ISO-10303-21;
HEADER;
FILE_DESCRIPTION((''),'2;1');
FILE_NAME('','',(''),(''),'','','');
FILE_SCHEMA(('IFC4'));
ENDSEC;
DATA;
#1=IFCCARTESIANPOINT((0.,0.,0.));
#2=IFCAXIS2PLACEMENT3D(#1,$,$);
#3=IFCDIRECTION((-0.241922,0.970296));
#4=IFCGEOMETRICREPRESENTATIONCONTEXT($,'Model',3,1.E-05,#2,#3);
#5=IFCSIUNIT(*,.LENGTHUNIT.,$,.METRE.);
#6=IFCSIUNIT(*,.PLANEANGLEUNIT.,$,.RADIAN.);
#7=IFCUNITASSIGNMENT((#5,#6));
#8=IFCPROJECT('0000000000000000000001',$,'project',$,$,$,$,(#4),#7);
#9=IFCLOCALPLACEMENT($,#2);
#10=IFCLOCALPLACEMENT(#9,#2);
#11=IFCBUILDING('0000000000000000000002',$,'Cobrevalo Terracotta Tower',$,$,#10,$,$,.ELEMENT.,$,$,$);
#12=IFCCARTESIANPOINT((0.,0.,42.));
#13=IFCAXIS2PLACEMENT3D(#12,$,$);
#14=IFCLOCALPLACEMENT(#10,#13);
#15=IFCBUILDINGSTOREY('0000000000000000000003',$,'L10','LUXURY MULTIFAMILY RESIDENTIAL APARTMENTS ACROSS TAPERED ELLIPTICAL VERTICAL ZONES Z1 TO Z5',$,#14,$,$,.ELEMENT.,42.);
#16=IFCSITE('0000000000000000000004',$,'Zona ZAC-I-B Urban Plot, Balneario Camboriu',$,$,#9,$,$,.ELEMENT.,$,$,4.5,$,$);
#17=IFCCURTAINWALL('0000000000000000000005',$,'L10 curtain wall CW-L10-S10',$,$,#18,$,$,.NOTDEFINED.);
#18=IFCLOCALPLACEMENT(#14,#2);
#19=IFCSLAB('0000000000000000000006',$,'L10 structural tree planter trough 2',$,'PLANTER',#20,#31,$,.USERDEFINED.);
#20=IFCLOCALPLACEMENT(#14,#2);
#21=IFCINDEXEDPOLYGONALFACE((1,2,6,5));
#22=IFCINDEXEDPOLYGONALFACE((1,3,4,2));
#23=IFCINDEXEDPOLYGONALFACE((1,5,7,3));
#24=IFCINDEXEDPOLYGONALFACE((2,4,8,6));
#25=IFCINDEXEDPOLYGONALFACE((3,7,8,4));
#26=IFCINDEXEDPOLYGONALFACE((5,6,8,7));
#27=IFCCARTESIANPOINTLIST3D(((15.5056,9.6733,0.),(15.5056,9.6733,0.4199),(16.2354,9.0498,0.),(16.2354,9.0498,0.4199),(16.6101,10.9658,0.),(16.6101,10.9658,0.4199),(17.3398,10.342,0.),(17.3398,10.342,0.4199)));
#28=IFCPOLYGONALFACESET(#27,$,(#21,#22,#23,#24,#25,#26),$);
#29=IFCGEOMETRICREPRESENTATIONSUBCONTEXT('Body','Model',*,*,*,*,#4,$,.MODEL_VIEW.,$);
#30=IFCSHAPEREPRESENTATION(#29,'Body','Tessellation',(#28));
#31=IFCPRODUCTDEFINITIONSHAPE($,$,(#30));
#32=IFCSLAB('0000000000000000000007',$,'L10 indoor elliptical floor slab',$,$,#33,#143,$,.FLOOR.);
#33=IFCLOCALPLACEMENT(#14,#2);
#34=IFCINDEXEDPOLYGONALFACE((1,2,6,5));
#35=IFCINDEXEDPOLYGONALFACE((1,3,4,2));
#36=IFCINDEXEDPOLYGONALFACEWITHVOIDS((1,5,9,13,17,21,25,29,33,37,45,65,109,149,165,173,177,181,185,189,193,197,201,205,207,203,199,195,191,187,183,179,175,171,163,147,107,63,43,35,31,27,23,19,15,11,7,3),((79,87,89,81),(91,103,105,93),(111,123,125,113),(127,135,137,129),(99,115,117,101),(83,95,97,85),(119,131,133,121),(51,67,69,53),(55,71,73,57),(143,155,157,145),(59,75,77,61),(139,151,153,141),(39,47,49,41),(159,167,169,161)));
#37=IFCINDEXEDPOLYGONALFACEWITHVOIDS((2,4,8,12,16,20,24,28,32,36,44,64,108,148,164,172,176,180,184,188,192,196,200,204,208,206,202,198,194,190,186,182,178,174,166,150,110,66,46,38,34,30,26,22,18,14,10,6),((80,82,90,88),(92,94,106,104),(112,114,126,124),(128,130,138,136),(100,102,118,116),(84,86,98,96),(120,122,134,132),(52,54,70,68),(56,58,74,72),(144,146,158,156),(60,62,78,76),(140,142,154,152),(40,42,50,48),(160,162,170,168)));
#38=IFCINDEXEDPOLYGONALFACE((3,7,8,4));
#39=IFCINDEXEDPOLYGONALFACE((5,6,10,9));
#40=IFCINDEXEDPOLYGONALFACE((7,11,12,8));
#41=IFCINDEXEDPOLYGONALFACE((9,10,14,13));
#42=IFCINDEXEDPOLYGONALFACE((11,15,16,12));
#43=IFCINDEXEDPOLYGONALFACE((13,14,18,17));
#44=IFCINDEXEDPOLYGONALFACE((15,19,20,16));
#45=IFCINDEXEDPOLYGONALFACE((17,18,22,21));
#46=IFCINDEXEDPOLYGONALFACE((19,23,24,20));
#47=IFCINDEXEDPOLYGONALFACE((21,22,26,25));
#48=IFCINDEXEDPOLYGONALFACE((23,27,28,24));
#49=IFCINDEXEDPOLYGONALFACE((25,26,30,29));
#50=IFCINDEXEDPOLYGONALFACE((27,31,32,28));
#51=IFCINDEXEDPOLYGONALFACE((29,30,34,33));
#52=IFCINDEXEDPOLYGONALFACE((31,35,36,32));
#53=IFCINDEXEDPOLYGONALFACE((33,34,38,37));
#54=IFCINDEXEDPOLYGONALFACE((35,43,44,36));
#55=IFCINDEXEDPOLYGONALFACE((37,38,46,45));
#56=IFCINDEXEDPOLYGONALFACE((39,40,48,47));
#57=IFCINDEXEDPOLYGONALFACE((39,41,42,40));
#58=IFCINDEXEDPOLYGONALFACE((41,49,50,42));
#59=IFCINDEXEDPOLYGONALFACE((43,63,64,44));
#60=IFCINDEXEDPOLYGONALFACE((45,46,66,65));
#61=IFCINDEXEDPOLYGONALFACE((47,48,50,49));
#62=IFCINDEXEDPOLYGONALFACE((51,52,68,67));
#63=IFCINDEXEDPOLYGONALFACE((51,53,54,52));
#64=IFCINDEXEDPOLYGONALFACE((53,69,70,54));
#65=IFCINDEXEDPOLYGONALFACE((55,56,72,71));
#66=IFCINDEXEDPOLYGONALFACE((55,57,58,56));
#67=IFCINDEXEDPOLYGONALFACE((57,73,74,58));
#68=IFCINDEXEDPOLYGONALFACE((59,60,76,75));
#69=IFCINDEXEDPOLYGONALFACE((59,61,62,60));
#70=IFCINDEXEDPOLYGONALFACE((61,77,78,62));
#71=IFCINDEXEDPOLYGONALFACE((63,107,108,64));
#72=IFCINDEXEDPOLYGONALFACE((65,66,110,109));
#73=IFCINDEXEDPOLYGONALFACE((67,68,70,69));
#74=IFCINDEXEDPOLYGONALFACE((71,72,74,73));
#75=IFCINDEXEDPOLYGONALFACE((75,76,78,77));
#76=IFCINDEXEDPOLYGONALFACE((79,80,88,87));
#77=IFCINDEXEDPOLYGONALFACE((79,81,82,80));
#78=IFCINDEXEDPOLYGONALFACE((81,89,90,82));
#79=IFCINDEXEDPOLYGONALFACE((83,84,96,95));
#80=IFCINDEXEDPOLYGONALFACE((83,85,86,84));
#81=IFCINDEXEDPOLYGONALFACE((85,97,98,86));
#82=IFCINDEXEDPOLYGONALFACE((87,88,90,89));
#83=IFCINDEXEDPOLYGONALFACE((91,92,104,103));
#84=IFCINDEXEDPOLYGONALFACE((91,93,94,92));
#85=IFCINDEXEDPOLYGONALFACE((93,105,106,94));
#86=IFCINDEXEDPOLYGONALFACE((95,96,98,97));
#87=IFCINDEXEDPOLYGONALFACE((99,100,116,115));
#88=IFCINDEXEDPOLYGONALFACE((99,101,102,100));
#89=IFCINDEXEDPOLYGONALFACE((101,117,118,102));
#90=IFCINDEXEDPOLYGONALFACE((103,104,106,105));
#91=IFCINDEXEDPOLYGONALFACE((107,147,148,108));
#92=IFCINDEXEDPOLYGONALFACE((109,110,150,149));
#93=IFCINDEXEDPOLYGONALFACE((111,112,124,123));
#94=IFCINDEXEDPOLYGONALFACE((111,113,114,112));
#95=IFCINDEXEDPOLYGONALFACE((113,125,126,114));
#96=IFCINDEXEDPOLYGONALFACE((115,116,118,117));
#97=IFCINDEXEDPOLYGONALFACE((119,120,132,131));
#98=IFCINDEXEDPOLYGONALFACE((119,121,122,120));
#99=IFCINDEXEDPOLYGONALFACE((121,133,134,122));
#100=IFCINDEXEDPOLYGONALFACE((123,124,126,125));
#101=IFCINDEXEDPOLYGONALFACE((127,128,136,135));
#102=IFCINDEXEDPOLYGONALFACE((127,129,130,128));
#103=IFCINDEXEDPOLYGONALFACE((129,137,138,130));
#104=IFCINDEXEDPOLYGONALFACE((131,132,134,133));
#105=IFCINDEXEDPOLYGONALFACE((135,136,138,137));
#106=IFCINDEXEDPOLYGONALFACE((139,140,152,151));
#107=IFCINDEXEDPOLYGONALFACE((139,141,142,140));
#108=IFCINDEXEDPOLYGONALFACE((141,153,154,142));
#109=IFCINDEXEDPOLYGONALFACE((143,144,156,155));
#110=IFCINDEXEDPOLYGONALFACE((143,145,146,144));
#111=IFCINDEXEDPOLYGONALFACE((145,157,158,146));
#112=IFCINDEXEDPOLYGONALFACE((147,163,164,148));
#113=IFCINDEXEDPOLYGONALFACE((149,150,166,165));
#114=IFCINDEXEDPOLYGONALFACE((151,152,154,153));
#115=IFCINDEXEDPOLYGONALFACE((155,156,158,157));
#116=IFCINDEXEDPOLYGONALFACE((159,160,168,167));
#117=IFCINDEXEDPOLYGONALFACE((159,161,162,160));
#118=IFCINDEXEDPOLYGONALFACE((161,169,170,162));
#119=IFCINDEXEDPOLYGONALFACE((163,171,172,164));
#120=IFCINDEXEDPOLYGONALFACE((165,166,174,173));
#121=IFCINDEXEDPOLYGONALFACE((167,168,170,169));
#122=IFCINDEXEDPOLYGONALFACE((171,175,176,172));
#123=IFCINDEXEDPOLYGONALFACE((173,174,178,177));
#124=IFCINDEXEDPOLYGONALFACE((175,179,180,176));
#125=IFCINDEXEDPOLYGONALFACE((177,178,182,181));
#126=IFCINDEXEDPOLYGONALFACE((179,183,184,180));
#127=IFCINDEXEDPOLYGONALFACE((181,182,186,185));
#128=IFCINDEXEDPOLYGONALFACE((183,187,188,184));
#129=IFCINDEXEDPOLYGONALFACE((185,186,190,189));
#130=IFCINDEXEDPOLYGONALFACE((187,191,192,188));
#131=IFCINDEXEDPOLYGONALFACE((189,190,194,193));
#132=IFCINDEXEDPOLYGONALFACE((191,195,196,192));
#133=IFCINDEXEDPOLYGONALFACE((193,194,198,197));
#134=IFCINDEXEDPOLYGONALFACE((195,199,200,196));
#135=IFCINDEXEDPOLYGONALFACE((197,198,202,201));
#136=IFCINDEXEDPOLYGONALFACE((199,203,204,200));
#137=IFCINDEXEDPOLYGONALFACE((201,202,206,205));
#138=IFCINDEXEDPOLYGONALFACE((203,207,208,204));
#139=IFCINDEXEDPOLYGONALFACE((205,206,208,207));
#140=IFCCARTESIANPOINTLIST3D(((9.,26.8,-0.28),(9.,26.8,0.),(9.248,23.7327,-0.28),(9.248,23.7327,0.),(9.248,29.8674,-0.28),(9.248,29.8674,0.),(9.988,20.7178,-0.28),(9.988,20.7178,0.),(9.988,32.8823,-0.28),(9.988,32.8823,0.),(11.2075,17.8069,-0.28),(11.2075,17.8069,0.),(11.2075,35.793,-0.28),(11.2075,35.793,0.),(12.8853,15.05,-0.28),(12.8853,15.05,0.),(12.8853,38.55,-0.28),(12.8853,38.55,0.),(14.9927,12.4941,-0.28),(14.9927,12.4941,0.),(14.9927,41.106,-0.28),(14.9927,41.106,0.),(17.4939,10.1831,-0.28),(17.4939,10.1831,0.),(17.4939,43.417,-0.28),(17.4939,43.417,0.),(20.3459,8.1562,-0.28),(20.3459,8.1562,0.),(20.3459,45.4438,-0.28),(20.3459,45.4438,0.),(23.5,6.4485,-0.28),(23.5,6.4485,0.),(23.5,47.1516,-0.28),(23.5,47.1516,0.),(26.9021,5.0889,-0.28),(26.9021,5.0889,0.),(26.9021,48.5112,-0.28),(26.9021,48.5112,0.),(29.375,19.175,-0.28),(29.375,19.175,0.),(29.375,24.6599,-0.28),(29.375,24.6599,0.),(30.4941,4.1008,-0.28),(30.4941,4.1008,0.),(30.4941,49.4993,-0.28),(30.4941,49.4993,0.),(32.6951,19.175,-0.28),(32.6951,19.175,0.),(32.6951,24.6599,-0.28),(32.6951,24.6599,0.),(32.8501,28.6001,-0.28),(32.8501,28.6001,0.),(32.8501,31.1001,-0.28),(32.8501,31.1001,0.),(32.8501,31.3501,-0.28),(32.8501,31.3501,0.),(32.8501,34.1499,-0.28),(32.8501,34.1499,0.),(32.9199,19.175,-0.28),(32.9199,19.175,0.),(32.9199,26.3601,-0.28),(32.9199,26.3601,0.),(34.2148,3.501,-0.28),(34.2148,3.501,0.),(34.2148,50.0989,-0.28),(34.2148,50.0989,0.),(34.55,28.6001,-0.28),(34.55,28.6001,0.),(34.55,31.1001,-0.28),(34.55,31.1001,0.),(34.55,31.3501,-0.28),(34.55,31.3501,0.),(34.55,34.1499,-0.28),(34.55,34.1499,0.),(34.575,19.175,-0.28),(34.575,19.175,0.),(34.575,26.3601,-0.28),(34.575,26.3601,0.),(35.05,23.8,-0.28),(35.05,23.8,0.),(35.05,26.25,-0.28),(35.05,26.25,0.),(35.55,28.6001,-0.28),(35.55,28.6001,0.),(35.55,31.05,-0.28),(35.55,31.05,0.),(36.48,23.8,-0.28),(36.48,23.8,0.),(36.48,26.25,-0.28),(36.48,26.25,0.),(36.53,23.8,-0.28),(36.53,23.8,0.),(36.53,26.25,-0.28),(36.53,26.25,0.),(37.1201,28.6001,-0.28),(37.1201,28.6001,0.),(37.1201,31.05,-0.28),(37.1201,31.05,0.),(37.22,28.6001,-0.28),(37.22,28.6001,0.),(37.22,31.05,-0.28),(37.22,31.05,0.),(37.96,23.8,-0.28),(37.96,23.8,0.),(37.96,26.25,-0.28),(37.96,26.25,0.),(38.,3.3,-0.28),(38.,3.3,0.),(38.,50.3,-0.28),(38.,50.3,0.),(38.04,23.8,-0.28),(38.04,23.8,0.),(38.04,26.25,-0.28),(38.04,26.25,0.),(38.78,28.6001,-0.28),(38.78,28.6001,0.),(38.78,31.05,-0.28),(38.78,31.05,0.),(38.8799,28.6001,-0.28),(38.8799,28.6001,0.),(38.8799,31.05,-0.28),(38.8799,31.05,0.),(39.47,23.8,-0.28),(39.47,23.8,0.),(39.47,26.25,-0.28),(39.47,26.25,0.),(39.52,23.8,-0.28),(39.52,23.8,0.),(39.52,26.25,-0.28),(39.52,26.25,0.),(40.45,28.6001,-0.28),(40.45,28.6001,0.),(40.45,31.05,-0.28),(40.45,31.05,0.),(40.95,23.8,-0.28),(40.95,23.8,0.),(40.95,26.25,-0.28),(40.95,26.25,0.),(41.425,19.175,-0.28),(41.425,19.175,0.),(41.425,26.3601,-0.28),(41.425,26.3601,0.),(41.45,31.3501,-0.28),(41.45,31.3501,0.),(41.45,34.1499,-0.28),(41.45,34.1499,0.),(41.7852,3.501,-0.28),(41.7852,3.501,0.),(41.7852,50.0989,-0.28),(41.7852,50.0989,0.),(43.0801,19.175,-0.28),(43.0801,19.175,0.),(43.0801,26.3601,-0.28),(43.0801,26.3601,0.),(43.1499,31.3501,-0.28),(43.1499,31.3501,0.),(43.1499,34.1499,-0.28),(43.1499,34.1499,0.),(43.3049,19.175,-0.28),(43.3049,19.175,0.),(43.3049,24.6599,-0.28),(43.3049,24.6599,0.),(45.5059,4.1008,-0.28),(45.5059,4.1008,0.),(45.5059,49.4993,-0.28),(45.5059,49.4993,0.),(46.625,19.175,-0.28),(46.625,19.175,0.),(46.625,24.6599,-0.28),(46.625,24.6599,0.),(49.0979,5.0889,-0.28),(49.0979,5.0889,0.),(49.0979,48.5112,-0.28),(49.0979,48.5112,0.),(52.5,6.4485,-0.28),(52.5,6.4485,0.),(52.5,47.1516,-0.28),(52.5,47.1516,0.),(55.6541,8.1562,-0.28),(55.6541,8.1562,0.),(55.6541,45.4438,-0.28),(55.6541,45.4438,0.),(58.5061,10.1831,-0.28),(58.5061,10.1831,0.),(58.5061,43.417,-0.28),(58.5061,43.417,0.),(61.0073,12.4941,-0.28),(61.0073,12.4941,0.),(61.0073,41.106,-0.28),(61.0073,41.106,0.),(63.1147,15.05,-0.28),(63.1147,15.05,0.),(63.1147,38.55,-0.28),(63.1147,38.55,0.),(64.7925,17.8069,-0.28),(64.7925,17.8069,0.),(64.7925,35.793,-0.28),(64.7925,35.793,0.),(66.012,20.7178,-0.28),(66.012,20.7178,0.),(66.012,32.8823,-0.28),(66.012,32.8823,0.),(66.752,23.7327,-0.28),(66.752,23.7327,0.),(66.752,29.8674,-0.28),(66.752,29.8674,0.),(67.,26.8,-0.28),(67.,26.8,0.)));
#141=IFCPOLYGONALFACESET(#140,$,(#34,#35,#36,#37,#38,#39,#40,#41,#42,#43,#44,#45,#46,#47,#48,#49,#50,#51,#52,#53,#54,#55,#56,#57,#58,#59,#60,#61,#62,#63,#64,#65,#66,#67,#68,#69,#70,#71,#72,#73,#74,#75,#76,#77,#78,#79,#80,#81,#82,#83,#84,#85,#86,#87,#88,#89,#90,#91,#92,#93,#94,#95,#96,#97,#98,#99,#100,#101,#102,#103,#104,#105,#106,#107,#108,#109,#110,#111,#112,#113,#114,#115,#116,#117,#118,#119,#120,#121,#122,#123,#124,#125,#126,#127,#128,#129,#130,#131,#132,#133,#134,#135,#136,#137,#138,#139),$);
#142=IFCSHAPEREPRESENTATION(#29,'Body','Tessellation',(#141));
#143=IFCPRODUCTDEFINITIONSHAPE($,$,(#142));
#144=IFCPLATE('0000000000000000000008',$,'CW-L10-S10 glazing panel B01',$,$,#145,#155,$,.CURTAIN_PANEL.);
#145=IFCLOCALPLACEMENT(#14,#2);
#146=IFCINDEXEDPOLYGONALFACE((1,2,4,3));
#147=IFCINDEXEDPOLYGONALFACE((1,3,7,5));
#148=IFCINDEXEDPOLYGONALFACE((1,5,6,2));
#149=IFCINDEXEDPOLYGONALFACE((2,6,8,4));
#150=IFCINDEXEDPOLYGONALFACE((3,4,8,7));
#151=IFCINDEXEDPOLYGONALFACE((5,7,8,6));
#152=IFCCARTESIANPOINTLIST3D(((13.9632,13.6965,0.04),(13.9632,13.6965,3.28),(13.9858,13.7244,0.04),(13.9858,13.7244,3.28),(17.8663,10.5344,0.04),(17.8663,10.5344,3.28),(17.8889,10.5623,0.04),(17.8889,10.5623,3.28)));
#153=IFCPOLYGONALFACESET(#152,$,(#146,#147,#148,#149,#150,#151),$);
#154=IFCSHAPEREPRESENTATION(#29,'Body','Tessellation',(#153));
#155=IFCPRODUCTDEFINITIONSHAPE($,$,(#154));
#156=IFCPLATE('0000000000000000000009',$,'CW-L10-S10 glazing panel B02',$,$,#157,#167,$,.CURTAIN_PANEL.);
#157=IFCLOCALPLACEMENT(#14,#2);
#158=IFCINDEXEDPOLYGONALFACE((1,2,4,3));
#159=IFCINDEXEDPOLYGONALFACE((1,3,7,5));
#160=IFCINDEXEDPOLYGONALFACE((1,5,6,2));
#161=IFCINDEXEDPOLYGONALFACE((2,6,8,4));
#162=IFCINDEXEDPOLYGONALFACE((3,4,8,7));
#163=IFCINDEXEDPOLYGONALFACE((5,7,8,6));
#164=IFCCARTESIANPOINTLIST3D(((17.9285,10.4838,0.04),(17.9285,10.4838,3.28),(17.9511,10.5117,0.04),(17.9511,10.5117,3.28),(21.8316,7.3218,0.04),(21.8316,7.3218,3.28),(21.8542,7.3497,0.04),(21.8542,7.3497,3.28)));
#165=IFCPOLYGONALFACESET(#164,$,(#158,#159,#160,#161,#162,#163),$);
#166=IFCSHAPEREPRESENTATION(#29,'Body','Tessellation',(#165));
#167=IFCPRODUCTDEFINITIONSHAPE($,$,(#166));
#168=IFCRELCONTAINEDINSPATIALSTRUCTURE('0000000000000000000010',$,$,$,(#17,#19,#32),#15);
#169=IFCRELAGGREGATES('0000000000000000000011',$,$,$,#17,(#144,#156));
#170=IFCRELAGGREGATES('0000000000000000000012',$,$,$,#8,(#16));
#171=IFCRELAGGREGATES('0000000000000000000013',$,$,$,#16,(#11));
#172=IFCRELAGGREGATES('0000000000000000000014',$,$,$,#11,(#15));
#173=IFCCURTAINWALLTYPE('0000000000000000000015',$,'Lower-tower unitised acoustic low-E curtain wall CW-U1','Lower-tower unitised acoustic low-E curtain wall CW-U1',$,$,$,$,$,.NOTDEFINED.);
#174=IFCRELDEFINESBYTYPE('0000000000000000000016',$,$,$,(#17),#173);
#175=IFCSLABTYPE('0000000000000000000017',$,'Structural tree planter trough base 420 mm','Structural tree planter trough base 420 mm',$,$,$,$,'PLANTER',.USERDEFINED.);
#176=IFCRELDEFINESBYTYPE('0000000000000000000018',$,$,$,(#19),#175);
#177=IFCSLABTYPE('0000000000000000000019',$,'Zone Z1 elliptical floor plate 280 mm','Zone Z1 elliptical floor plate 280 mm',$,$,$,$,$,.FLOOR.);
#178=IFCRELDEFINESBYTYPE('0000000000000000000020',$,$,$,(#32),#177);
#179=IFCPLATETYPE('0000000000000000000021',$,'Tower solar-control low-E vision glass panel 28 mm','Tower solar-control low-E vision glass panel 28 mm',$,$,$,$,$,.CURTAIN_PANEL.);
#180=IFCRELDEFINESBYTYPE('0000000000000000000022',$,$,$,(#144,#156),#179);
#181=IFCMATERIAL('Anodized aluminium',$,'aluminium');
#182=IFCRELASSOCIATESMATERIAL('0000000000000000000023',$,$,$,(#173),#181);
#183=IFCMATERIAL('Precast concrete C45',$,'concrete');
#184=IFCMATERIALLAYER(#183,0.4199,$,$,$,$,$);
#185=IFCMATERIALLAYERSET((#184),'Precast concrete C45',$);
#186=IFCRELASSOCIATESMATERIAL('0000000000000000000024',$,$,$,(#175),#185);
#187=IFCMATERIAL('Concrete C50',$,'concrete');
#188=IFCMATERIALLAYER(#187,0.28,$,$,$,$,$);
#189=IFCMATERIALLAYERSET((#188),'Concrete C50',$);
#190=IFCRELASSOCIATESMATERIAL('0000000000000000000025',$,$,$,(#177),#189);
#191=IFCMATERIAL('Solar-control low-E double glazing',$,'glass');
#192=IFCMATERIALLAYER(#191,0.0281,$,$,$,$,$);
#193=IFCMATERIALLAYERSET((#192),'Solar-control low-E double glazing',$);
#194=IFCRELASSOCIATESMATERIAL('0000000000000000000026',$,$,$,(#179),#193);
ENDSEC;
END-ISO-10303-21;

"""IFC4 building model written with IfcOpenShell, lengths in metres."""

from ifc_helpers import new_model, si_unit, direction, frame, origin, origin_2d, place, context, subcontext, project, spatial, polyline, rectangle, outline, extrude, source, transform, mapped, material, layer, layer_set, type_object, element, aggregate, save


model = new_model("IFC4")

# Units and contexts
model_context = context("Model", 3, precision=1e-05, world=origin(), true_north=direction((-0.241922, 0.970296)))
body_context = subcontext(model_context, "Body", "Model", "MODEL_VIEW")
ifc_project = project(units=[si_unit("LENGTHUNIT", "METRE"), si_unit("PLANEANGLEUNIT", "RADIAN")], contexts=[model_context])

# Site, building, storey
site_placement = place(None, origin())
site = spatial("IfcSite", under=ifc_project, at=site_placement, Name="Zona ZAC-I-B Urban Plot, Balneario Camboriu", CompositionType="ELEMENT", RefElevation=4.5)
building_placement = place(site_placement, origin())
building = spatial("IfcBuilding", under=site, at=building_placement, Name="Cobrevalo Terracotta Tower", CompositionType="ELEMENT")
storey_placement = place(building_placement, frame((0.0, 0.0, 42.0)))
storey = spatial("IfcBuildingStorey", under=building, at=storey_placement, Name="L10", Description="LUXURY MULTIFAMILY RESIDENTIAL APARTMENTS ACROSS TAPERED ELLIPTICAL VERTICAL ZONES Z1 TO Z5", CompositionType="ELEMENT", Elevation=42.0)

# Curtain wall
ifc_material_1 = material(Name="Anodized aluminium", Category="aluminium")
curtain_wall_type = type_object("IfcCurtainWallType", Name="Lower-tower unitised acoustic low-E curtain wall CW-U1", Description="Lower-tower unitised acoustic low-E curtain wall CW-U1", PredefinedType="NOTDEFINED", material=ifc_material_1)
curtain_wall_placement = place(storey_placement, origin())
curtain_wall = element("IfcCurtainWall", 1, at=curtain_wall_placement, inside=storey, type_object=curtain_wall_type, Name="L10 curtain wall CW-L10-S10", PredefinedType="NOTDEFINED")

# Shared definitions
ifc_material_2 = material(Name="Concrete C50", Category="concrete")

# Slabs
ifc_material_3 = material(Name="Precast concrete C45", Category="concrete")
ifc_layer_1 = layer(ifc_material_3, 0.4199)
ifc_layer_set_1 = layer_set([ifc_layer_1], Name="Precast concrete C45")
slab_type_1 = type_object("IfcSlabType", Name="Structural tree planter trough base 420 mm", Description="Structural tree planter trough base 420 mm", ElementType="PLANTER", PredefinedType="USERDEFINED", material=ifc_layer_set_1)
slab_1_placement = place(storey_placement, origin())
element("IfcSlab", 2, at=slab_1_placement, inside=storey, type_object=slab_type_1, Name="L10 structural tree planter trough 2", ObjectType="PLANTER", PredefinedType="USERDEFINED", context=body_context, shape_type="SweptSolid", body=[
    extrude(outline(polyline([(16.6101, 10.9658), (15.5056, 9.6733), (16.2354, 9.0498), (17.3398, 10.342), (16.6101, 10.9658)])), origin(), (0.0, 0.0, 1.0), 0.4199),
])
ifc_layer_2 = layer(ifc_material_2, 0.28)
ifc_layer_set_2 = layer_set([ifc_layer_2], Name="Concrete C50")
slab_type_2 = type_object("IfcSlabType", Name="Zone Z1 elliptical floor plate 280 mm", Description="Zone Z1 elliptical floor plate 280 mm", PredefinedType="FLOOR", material=ifc_layer_set_2)
slab_2_placement = place(storey_placement, frame((0.0, 0.0, -0.28)))
element("IfcSlab", 3, at=slab_2_placement, inside=storey, type_object=slab_type_2, Name="L10 indoor elliptical floor slab", PredefinedType="FLOOR", context=body_context, shape_type="SweptSolid", body=[
    extrude(outline(polyline([(66.752, 23.7327), (66.012, 20.7178), (64.7925, 17.8069), (63.1147, 15.05), (61.0073, 12.4941), (58.5061, 10.1831), (55.6541, 8.1562), (52.5, 6.4485), (49.0979, 5.0889), (45.5059, 4.1008), (41.7852, 3.501), (38.0, 3.3), (34.2148, 3.501), (30.4941, 4.1008), (26.9021, 5.0889), (23.5, 6.4485), (20.3459, 8.1562), (17.4939, 10.1831), (14.9927, 12.4941), (12.8853, 15.05), (11.2075, 17.8069), (9.988, 20.7178), (9.248, 23.7327), (9.0, 26.8), (9.248, 29.8674), (9.988, 32.8823), (11.2075, 35.793), (12.8853, 38.55), (14.9927, 41.106), (17.4939, 43.417), (20.3459, 45.4438), (23.5, 47.1516), (26.9021, 48.5112), (30.4941, 49.4993), (34.2148, 50.0989), (38.0, 50.3), (41.7852, 50.0989), (45.5059, 49.4993), (49.0979, 48.5112), (52.5, 47.1516), (55.6541, 45.4438), (58.5061, 43.417), (61.0073, 41.106), (63.1147, 38.55), (64.7925, 35.793), (66.012, 32.8823), (66.752, 29.8674), (67.0, 26.8), (66.752, 23.7327)]), holes=[polyline([(32.6951, 19.175), (32.6951, 24.6599), (29.375, 24.6599), (29.375, 19.175), (32.6951, 19.175)]), polyline([(34.575, 19.175), (34.575, 26.3601), (32.9199, 26.3601), (32.9199, 19.175), (34.575, 19.175)]), polyline([(36.48, 23.8), (36.48, 26.25), (35.05, 26.25), (35.05, 23.8), (36.48, 23.8)]), polyline([(37.96, 23.8), (37.96, 26.25), (36.53, 26.25), (36.53, 23.8), (37.96, 23.8)]), polyline([(37.1201, 28.6001), (37.1201, 31.05), (35.55, 31.05), (35.55, 28.6001), (37.1201, 28.6001)]), polyline([(34.55, 28.6001), (34.55, 31.1001), (32.8501, 31.1001), (32.8501, 28.6001), (34.55, 28.6001)]), polyline([(34.55, 31.3501), (34.55, 34.1499), (32.8501, 34.1499), (32.8501, 31.3501), (34.55, 31.3501)]), polyline([(46.625, 19.175), (46.625, 24.6599), (43.3049, 24.6599), (43.3049, 19.175), (46.625, 19.175)]), polyline([(43.0801, 19.175), (43.0801, 26.3601), (41.425, 26.3601), (41.425, 19.175), (43.0801, 19.175)]), polyline([(39.47, 23.8), (39.47, 26.25), (38.04, 26.25), (38.04, 23.8), (39.47, 23.8)]), polyline([(40.95, 23.8), (40.95, 26.25), (39.52, 26.25), (39.52, 23.8), (40.95, 23.8)]), polyline([(38.78, 28.6001), (38.78, 31.05), (37.22, 31.05), (37.22, 28.6001), (38.78, 28.6001)]), polyline([(40.45, 28.6001), (40.45, 31.05), (38.8799, 31.05), (38.8799, 28.6001), (40.45, 28.6001)]), polyline([(43.1499, 31.3501), (43.1499, 34.1499), (41.45, 34.1499), (41.45, 31.3501), (43.1499, 31.3501)])]), origin(), (0.0, 0.0, 1.0), 0.28),
])

# Plates
ifc_material_4 = material(Name="Solar-control low-E double glazing", Category="glass")
ifc_layer_3 = layer(ifc_material_4, 0.0281)
ifc_layer_set_3 = layer_set([ifc_layer_3], Name="Solar-control low-E double glazing")
plate_type = type_object("IfcPlateType", Name="Tower solar-control low-E vision glass panel 28 mm", Description="Tower solar-control low-E vision glass panel 28 mm", PredefinedType="CURTAIN_PANEL", material=ifc_layer_set_3)
shared_shape_1 = source(origin(), body_context, "Body", "SweptSolid", [
    extrude(rectangle(XDim=5.0232, YDim=0.0359, at=origin_2d()), origin(), (0.0, 0.0, 1.0), 3.24),
])
plate_1_placement = place(storey_placement, frame((15.926, 12.1294, 0.04), z_axis=(0.0, 0.0, 1.0), x_axis=(0.777008, -0.629491, 0.0)))
plate_1 = element("IfcPlate", 4, at=plate_1_placement, type_object=plate_type, Name="CW-L10-S10 glazing panel B01", PredefinedType="CURTAIN_PANEL", context=body_context, shape_type="MappedRepresentation", body=[
    mapped(shared_shape_1, transform((0.0, 0.0, 0.0), scale=1.0)),
])
plate_2_placement = place(storey_placement, frame((19.8914, 8.9167, 0.04), z_axis=(0.0, 0.0, 1.0), x_axis=(0.777008, -0.629491, 0.0)))
plate_2 = element("IfcPlate", 5, at=plate_2_placement, type_object=plate_type, Name="CW-L10-S10 glazing panel B02", PredefinedType="CURTAIN_PANEL", context=body_context, shape_type="MappedRepresentation", body=[
    mapped(shared_shape_1, transform((0.0, 0.0, 0.0), scale=1.0)),
])
aggregate(curtain_wall, [plate_1, plate_2])

save(model, "model.ifc")
